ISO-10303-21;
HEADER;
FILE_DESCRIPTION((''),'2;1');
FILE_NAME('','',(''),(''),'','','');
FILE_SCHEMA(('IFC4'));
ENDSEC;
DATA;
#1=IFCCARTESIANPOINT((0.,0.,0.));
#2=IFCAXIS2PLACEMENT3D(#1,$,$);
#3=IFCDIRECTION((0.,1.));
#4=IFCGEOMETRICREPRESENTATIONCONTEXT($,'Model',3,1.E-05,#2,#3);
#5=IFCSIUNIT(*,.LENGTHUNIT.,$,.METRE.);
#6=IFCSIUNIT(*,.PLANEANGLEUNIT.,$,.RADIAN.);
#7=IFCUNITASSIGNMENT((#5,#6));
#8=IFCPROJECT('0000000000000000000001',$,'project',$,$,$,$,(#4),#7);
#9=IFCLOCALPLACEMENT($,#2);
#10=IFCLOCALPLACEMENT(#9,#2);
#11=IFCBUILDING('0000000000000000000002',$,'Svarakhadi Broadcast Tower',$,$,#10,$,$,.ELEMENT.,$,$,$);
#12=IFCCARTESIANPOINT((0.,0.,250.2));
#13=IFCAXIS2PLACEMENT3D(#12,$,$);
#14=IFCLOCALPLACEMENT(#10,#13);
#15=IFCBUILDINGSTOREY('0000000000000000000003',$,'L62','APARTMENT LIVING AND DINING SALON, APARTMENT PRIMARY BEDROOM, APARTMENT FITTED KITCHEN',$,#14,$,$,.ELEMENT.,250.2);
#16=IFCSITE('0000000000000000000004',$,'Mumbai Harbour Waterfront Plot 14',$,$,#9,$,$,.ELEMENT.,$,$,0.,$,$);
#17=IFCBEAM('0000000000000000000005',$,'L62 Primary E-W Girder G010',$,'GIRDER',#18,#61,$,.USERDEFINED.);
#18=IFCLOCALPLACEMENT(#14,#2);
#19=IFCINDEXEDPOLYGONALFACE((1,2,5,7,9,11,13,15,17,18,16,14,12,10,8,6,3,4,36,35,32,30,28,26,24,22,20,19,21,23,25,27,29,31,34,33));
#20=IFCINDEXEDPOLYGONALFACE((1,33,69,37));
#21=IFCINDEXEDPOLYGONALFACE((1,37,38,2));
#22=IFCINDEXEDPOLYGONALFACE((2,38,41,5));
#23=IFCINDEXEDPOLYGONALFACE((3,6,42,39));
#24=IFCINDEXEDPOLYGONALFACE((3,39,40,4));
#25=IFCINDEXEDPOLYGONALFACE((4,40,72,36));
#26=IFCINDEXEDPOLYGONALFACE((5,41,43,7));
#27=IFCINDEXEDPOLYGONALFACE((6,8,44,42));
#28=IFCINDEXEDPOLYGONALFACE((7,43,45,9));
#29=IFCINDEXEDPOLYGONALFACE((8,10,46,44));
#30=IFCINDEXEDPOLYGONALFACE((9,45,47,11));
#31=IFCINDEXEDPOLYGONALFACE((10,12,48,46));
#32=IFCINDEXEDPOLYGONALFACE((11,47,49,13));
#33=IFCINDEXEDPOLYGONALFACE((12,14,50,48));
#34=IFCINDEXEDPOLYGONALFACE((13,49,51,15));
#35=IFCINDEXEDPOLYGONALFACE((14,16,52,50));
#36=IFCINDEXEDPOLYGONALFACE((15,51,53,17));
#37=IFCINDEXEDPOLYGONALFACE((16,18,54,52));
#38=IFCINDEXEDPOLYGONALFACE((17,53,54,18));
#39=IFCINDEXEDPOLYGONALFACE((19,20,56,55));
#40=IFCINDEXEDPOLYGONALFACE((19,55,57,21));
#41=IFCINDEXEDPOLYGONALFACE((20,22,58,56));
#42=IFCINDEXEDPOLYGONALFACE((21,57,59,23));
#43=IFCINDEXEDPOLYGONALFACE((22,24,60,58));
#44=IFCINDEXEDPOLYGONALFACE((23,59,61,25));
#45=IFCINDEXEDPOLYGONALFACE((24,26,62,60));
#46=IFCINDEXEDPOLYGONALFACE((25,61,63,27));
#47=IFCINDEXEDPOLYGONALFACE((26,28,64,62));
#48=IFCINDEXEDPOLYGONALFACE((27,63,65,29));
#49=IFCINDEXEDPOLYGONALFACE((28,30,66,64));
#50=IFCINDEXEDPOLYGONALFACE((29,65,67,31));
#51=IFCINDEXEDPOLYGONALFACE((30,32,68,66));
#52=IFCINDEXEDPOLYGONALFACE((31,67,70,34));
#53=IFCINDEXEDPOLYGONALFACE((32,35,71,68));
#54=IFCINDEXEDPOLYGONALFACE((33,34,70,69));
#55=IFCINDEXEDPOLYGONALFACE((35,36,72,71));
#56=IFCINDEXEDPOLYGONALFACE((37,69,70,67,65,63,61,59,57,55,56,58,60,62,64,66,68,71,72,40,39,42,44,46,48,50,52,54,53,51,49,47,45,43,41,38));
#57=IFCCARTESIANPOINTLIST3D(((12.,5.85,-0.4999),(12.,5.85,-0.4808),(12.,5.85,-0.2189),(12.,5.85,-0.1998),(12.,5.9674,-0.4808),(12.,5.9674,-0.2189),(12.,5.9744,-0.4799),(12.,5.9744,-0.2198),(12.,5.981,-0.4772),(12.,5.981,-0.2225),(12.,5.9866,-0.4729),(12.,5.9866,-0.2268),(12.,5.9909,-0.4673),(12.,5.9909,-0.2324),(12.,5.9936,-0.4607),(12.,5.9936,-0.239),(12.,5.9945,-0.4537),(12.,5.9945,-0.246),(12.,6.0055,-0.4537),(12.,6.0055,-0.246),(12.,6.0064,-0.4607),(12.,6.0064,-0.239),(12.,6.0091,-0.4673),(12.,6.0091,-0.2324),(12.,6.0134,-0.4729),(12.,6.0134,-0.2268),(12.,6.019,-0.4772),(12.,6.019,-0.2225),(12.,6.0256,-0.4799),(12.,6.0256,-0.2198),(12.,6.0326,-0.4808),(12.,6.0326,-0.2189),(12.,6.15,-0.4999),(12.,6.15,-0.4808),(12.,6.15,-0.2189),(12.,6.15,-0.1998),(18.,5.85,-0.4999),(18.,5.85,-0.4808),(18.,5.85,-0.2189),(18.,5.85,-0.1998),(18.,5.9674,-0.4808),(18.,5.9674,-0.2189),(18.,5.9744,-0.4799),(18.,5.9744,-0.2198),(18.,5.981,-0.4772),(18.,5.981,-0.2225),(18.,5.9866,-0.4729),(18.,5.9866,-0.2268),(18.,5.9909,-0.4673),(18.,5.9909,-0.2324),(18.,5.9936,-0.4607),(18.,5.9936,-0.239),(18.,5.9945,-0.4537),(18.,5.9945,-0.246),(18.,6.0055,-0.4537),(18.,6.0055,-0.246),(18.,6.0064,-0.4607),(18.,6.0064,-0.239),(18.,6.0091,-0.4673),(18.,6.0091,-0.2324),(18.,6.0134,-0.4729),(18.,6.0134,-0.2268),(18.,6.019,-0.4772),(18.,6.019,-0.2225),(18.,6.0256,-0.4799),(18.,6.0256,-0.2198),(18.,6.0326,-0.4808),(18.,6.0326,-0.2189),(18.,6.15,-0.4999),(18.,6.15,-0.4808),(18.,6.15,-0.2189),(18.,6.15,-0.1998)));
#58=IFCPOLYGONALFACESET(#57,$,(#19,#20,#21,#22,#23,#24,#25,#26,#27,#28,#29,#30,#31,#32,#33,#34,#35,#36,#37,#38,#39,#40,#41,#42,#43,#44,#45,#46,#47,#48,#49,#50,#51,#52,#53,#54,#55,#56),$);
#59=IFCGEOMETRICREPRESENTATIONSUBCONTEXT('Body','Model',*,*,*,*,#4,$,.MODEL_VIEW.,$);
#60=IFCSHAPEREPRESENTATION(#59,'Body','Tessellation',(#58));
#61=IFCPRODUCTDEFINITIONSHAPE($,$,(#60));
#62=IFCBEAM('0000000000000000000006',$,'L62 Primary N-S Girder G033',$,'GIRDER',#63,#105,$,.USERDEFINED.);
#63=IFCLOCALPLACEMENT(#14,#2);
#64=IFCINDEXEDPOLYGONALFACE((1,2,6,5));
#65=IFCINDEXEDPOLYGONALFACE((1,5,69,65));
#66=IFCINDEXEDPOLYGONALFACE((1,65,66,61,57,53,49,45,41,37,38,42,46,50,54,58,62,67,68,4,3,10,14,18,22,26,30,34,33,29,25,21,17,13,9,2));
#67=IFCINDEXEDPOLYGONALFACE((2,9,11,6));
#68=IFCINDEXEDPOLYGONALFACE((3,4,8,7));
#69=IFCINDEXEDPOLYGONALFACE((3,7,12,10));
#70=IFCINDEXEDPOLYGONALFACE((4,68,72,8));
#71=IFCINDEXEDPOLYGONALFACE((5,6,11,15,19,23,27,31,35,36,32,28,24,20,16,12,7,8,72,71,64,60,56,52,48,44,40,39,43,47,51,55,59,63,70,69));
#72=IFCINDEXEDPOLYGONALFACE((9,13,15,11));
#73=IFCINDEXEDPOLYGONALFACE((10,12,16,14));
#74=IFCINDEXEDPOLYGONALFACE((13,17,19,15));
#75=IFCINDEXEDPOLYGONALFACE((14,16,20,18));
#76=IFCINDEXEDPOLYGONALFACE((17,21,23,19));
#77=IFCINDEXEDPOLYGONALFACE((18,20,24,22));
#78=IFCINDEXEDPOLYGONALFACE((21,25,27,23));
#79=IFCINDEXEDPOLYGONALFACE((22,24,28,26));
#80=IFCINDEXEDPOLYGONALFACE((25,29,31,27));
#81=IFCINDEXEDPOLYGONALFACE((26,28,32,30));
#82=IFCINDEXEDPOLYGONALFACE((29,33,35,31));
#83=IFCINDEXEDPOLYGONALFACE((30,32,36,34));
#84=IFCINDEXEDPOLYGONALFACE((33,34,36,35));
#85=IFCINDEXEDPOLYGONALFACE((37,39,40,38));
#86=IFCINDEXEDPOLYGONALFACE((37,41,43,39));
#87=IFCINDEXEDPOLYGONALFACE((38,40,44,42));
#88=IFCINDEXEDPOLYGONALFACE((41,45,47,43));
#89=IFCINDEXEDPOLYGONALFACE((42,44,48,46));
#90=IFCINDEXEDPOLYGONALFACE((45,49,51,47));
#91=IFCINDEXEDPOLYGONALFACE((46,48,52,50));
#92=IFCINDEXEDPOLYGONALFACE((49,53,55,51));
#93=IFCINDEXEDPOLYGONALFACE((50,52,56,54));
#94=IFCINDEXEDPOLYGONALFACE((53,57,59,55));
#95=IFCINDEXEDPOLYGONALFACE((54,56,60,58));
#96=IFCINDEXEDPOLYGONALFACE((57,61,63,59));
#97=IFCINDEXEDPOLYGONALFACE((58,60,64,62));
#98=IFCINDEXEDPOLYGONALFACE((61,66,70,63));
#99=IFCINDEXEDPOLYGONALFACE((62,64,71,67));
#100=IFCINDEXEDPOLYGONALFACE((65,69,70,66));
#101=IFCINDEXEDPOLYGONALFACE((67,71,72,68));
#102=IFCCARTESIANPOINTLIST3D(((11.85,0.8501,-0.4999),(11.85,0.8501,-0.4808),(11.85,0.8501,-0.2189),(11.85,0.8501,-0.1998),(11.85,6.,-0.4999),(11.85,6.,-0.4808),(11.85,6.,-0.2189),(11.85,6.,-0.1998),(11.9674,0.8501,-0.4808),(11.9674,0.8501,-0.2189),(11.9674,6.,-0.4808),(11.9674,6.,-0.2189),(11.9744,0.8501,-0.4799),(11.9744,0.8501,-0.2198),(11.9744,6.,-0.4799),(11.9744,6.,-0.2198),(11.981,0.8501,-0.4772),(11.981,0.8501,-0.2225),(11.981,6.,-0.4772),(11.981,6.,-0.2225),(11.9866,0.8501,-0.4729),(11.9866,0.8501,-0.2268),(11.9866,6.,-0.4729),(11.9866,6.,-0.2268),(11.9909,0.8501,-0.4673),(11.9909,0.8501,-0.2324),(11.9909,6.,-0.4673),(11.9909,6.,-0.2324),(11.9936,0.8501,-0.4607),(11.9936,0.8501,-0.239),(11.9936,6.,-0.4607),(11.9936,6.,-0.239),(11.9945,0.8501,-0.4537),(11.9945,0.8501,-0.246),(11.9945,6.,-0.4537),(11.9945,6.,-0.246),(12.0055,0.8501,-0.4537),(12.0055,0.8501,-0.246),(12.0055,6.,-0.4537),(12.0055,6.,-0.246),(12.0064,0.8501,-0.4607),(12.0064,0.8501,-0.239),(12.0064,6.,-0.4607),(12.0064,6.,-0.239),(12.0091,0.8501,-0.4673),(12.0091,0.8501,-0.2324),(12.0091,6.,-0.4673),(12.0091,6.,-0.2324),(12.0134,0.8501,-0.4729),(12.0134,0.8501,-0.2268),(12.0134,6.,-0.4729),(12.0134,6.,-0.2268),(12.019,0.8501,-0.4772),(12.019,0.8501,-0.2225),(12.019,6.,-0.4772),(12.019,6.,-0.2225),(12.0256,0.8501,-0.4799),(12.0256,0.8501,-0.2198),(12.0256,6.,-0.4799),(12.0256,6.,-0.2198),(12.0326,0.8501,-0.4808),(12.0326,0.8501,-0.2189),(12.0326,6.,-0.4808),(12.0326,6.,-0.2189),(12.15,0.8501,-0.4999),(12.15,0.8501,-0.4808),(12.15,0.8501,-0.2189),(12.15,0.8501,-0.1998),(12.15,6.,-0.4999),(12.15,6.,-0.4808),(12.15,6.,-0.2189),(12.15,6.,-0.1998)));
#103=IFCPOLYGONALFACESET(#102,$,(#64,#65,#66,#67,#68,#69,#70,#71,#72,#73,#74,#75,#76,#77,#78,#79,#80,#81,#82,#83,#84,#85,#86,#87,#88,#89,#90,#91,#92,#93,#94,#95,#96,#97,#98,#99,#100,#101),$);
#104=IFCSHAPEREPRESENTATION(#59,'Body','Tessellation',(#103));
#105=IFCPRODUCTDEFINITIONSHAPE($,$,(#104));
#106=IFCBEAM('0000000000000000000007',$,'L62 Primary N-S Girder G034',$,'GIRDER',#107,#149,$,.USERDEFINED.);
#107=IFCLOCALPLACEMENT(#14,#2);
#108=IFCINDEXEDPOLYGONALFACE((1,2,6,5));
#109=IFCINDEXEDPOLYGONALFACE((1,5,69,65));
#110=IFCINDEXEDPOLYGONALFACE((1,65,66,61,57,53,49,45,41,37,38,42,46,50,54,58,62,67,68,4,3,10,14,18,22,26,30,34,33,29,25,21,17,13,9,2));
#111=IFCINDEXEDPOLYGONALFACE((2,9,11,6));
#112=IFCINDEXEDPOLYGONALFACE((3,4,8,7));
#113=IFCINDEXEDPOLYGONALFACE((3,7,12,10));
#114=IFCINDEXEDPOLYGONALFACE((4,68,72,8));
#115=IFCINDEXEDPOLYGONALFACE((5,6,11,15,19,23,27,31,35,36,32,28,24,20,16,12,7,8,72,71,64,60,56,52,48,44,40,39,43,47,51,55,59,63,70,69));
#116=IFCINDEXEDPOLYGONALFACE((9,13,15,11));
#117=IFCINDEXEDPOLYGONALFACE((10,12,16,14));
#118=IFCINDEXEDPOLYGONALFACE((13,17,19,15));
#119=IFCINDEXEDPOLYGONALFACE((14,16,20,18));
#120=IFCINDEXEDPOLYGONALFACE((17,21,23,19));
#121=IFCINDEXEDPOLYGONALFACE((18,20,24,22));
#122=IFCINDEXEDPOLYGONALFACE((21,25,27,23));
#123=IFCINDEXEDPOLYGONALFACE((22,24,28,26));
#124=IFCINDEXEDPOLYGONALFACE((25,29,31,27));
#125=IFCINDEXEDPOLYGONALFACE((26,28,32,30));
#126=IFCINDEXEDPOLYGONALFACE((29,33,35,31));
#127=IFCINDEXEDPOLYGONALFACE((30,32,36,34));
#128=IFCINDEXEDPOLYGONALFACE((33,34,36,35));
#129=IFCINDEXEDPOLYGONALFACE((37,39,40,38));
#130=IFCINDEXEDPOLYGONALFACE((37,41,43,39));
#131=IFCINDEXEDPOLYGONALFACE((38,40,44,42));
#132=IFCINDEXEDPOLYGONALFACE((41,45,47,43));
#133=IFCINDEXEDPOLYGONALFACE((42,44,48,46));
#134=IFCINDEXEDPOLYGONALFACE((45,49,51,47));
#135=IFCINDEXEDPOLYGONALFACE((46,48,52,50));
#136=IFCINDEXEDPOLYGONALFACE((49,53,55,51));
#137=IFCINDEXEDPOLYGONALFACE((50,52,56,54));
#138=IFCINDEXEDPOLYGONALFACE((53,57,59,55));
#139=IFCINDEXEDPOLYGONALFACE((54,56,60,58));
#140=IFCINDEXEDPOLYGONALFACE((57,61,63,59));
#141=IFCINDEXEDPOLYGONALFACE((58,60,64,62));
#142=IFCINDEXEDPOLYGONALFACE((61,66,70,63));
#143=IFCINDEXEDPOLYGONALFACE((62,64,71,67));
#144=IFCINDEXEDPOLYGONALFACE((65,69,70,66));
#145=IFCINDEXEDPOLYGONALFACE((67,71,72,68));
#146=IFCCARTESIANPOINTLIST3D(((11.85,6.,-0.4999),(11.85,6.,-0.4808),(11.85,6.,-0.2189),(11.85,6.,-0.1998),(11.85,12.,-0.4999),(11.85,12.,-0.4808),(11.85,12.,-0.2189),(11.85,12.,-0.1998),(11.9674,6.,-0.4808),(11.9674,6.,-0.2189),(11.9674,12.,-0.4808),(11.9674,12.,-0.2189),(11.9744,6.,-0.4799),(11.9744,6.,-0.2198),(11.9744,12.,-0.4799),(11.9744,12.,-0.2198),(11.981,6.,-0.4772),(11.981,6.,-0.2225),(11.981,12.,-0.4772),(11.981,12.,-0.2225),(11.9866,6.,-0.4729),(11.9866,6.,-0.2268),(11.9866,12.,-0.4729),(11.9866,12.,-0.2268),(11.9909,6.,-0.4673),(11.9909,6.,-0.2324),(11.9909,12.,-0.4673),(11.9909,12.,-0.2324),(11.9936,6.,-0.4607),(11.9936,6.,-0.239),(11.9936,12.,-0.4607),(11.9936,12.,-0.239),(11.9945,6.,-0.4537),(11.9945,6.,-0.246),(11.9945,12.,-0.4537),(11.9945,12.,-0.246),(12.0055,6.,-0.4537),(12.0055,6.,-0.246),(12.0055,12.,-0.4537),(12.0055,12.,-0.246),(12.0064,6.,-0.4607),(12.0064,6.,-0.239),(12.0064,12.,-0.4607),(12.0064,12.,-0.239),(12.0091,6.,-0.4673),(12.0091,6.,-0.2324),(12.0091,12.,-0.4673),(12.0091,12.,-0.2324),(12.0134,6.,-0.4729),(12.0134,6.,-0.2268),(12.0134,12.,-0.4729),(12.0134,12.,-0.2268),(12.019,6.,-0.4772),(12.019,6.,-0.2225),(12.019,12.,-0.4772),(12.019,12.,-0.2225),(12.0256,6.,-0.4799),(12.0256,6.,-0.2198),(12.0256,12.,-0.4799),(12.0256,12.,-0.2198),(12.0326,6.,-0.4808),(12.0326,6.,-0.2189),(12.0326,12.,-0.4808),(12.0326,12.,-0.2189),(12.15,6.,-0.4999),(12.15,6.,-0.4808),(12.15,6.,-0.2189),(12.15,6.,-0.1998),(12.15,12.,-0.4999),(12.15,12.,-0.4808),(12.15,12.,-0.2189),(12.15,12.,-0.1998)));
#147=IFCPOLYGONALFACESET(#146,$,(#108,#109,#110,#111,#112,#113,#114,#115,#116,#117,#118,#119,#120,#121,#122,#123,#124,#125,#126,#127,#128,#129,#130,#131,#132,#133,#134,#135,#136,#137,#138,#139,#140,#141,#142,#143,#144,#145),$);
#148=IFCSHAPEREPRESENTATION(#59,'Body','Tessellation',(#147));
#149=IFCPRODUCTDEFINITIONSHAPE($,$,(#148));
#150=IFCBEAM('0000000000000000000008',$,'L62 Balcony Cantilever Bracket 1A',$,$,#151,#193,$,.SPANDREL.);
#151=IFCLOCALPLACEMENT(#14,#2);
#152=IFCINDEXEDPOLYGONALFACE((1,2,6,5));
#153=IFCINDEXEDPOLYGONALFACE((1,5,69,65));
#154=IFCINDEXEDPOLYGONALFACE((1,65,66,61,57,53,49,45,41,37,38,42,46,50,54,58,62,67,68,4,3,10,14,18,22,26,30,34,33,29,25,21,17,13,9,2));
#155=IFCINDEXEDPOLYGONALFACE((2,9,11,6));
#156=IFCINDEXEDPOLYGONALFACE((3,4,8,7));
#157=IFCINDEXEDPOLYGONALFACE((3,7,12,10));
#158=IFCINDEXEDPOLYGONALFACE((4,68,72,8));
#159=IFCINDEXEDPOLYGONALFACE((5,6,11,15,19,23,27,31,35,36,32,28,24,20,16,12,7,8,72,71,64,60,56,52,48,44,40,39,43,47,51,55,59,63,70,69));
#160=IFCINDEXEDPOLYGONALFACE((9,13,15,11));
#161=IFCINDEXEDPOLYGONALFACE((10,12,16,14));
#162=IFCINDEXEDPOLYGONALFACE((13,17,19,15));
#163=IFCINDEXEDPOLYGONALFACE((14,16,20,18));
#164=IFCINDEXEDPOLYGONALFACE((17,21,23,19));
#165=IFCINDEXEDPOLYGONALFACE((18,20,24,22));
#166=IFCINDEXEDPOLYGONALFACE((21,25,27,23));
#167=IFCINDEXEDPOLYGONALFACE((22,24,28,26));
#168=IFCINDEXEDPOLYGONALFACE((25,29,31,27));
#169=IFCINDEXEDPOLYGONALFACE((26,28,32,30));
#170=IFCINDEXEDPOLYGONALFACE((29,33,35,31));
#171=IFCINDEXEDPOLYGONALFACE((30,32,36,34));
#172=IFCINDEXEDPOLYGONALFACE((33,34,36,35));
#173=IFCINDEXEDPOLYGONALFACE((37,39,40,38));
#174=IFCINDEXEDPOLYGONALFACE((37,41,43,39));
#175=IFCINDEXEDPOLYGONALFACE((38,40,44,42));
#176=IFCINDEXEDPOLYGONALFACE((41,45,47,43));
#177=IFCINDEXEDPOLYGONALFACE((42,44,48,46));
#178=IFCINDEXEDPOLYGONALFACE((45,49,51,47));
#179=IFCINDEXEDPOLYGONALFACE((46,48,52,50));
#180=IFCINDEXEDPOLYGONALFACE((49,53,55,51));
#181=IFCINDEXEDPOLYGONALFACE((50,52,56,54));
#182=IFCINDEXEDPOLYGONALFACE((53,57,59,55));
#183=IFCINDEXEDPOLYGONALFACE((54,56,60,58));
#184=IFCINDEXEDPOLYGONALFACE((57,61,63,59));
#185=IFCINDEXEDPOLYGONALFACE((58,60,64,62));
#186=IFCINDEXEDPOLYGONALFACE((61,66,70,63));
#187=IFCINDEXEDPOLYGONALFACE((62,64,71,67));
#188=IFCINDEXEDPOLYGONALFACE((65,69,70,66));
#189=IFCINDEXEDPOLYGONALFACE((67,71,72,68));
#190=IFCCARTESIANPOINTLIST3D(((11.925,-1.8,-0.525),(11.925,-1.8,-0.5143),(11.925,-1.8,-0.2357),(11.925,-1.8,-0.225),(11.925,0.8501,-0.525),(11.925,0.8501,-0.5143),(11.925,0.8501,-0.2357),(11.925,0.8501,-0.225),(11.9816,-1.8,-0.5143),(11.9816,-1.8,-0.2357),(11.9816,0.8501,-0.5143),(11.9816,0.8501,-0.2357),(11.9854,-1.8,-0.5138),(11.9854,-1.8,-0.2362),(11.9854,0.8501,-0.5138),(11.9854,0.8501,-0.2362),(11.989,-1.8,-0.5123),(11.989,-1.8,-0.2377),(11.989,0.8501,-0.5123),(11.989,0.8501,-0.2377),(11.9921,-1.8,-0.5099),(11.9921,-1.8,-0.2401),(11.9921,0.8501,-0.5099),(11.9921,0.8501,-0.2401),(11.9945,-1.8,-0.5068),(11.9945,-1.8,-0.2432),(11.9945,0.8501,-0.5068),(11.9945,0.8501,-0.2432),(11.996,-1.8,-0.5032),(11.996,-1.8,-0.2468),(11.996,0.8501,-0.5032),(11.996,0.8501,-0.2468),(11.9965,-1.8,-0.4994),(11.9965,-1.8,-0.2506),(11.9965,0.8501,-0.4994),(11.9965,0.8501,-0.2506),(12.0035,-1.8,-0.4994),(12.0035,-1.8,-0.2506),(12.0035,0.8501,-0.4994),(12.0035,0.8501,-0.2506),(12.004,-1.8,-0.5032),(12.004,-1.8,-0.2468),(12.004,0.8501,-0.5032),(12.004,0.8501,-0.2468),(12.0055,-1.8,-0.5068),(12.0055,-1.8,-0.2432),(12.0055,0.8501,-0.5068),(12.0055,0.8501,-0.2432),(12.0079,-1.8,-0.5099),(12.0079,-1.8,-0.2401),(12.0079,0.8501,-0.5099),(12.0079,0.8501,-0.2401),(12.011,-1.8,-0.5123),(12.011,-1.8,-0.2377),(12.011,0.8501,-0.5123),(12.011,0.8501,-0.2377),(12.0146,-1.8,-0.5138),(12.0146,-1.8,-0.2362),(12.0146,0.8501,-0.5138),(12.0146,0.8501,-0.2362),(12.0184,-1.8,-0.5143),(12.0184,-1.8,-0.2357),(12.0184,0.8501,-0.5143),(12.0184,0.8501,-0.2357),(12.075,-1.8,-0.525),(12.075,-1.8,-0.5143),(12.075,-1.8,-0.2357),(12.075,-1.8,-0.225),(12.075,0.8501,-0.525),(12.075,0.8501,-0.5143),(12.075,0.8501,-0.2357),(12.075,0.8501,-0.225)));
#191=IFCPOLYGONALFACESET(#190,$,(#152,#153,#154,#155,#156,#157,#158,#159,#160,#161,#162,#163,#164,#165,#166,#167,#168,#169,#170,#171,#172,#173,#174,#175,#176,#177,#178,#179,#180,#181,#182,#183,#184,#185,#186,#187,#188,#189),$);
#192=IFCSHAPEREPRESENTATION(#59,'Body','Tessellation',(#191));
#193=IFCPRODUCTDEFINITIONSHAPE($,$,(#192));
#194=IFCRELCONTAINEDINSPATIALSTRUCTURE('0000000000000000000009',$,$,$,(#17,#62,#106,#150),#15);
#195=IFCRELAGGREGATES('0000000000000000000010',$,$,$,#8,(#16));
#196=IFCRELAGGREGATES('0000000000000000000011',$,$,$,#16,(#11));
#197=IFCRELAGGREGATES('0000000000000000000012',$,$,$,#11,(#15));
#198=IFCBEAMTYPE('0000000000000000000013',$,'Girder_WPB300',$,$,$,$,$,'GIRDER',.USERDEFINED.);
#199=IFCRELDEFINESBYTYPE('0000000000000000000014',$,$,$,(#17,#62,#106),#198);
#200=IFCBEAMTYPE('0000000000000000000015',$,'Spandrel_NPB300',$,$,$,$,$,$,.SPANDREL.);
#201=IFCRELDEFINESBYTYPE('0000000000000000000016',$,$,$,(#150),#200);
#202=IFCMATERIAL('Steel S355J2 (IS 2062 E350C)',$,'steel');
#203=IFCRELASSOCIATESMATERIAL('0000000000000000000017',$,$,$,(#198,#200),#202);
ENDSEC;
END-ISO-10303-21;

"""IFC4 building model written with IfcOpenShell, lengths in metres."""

from ifc_helpers import new_model, si_unit, direction, frame, origin, origin_2d, place, context, subcontext, project, spatial, i_section, extrude, material, material_profile, profile_set, type_object, element, save


model = new_model("IFC4")

# Units and contexts
model_context = context("Model", 3, precision=1e-05, world=origin(), true_north=direction((0.0, 1.0)))
body_context = subcontext(model_context, "Body", "Model", "MODEL_VIEW")
ifc_project = project(units=[si_unit("LENGTHUNIT", "METRE"), si_unit("PLANEANGLEUNIT", "RADIAN")], contexts=[model_context])

# Site, building, storey
site_placement = place(None, origin())
site = spatial("IfcSite", under=ifc_project, at=site_placement, Name="Mumbai Harbour Waterfront Plot 14", CompositionType="ELEMENT", RefElevation=0.0)
building_placement = place(site_placement, origin())
building = spatial("IfcBuilding", under=site, at=building_placement, Name="Svarakhadi Broadcast Tower", CompositionType="ELEMENT")
storey_placement = place(building_placement, frame((0.0, 0.0, 250.2)))
storey = spatial("IfcBuildingStorey", under=building, at=storey_placement, Name="L62", Description="APARTMENT LIVING AND DINING SALON, APARTMENT PRIMARY BEDROOM, APARTMENT FITTED KITCHEN", CompositionType="ELEMENT", Elevation=250.2)

# Shared definitions
ifc_material_1 = material(Name="Steel S355J2 (IS 2062 E350C)", Category="steel")

# Beams
ifc_material_profile_1 = material_profile(ifc_material_1, i_section(OverallWidth=0.3, OverallDepth=0.3, WebThickness=0.011, FlangeThickness=0.019, FilletRadius=0.0271, at=origin_2d()), Name="WPB 300x300x117")
ifc_profile_set_1 = profile_set([ifc_material_profile_1], Name="Steel S355J2 (IS 2062 E350C)")
beam_type_1 = type_object("IfcBeamType", Name="Girder_WPB300", ElementType="GIRDER", PredefinedType="USERDEFINED", material=ifc_profile_set_1)
for number, where, z_axis, x_axis, name in (
    (1, (12.0, 6.0, -0.3499), (1.0, 0.0, 0.0), (0.0, 1.0, 0.0), "L62 Primary E-W Girder G010"),
):
    element("IfcBeam", number, at=place(storey_placement, frame(where, z_axis=z_axis, x_axis=x_axis)), inside=storey, type_object=beam_type_1, Name=name, ObjectType="GIRDER", PredefinedType="USERDEFINED", context=body_context, shape_type="SweptSolid", body=[
        extrude(i_section(OverallWidth=0.3, OverallDepth=0.3, WebThickness=0.011, FlangeThickness=0.019, FilletRadius=0.0271, at=origin_2d()), origin(), (0.0, 0.0, 1.0), 6.0),
    ])
beam_1_placement = place(storey_placement, frame((12.0, 0.8501, -0.3499), z_axis=(0.0, 1.0, 0.0), x_axis=(-1.0, 0.0, 0.0)))
element("IfcBeam", 2, at=beam_1_placement, inside=storey, type_object=beam_type_1, Name="L62 Primary N-S Girder G033", ObjectType="GIRDER", PredefinedType="USERDEFINED", context=body_context, shape_type="SweptSolid", body=[
    extrude(i_section(OverallWidth=0.3, OverallDepth=0.3, WebThickness=0.011, FlangeThickness=0.019, FilletRadius=0.0271, at=origin_2d()), origin(), (0.0, 0.0, 1.0), 5.1499),
])
beam_2_placement = place(storey_placement, frame((12.0, 6.0, -0.3499), z_axis=(0.0, 1.0, 0.0), x_axis=(-1.0, 0.0, 0.0)))
element("IfcBeam", 3, at=beam_2_placement, inside=storey, type_object=beam_type_1, Name="L62 Primary N-S Girder G034", ObjectType="GIRDER", PredefinedType="USERDEFINED", context=body_context, shape_type="SweptSolid", body=[
    extrude(i_section(OverallWidth=0.3, OverallDepth=0.3, WebThickness=0.011, FlangeThickness=0.019, FilletRadius=0.0271, at=origin_2d()), origin(), (0.0, 0.0, 1.0), 6.0),
])
ifc_material_profile_2 = material_profile(ifc_material_1, i_section(OverallWidth=0.1499, OverallDepth=0.3, WebThickness=0.0071, FlangeThickness=0.0107, FilletRadius=0.0149, at=origin_2d()), Name="NPB 300x150x37")
ifc_profile_set_2 = profile_set([ifc_material_profile_2], Name="Steel S355J2 (IS 2062 E350C)")
beam_type_2 = type_object("IfcBeamType", Name="Spandrel_NPB300", PredefinedType="SPANDREL", material=ifc_profile_set_2)
beam_3_placement = place(storey_placement, frame((12.0, 0.8501, -0.375), z_axis=(0.0, -1.0, 0.0), x_axis=(1.0, 0.0, 0.0)))
element("IfcBeam", 4, at=beam_3_placement, inside=storey, type_object=beam_type_2, Name="L62 Balcony Cantilever Bracket 1A", PredefinedType="SPANDREL", context=body_context, shape_type="SweptSolid", body=[
    extrude(i_section(OverallWidth=0.1499, OverallDepth=0.3, WebThickness=0.0071, FlangeThickness=0.0107, FilletRadius=0.0149, at=origin_2d()), origin(), (0.0, 0.0, 1.0), 2.6501),
])

save(model, "model.ifc")
